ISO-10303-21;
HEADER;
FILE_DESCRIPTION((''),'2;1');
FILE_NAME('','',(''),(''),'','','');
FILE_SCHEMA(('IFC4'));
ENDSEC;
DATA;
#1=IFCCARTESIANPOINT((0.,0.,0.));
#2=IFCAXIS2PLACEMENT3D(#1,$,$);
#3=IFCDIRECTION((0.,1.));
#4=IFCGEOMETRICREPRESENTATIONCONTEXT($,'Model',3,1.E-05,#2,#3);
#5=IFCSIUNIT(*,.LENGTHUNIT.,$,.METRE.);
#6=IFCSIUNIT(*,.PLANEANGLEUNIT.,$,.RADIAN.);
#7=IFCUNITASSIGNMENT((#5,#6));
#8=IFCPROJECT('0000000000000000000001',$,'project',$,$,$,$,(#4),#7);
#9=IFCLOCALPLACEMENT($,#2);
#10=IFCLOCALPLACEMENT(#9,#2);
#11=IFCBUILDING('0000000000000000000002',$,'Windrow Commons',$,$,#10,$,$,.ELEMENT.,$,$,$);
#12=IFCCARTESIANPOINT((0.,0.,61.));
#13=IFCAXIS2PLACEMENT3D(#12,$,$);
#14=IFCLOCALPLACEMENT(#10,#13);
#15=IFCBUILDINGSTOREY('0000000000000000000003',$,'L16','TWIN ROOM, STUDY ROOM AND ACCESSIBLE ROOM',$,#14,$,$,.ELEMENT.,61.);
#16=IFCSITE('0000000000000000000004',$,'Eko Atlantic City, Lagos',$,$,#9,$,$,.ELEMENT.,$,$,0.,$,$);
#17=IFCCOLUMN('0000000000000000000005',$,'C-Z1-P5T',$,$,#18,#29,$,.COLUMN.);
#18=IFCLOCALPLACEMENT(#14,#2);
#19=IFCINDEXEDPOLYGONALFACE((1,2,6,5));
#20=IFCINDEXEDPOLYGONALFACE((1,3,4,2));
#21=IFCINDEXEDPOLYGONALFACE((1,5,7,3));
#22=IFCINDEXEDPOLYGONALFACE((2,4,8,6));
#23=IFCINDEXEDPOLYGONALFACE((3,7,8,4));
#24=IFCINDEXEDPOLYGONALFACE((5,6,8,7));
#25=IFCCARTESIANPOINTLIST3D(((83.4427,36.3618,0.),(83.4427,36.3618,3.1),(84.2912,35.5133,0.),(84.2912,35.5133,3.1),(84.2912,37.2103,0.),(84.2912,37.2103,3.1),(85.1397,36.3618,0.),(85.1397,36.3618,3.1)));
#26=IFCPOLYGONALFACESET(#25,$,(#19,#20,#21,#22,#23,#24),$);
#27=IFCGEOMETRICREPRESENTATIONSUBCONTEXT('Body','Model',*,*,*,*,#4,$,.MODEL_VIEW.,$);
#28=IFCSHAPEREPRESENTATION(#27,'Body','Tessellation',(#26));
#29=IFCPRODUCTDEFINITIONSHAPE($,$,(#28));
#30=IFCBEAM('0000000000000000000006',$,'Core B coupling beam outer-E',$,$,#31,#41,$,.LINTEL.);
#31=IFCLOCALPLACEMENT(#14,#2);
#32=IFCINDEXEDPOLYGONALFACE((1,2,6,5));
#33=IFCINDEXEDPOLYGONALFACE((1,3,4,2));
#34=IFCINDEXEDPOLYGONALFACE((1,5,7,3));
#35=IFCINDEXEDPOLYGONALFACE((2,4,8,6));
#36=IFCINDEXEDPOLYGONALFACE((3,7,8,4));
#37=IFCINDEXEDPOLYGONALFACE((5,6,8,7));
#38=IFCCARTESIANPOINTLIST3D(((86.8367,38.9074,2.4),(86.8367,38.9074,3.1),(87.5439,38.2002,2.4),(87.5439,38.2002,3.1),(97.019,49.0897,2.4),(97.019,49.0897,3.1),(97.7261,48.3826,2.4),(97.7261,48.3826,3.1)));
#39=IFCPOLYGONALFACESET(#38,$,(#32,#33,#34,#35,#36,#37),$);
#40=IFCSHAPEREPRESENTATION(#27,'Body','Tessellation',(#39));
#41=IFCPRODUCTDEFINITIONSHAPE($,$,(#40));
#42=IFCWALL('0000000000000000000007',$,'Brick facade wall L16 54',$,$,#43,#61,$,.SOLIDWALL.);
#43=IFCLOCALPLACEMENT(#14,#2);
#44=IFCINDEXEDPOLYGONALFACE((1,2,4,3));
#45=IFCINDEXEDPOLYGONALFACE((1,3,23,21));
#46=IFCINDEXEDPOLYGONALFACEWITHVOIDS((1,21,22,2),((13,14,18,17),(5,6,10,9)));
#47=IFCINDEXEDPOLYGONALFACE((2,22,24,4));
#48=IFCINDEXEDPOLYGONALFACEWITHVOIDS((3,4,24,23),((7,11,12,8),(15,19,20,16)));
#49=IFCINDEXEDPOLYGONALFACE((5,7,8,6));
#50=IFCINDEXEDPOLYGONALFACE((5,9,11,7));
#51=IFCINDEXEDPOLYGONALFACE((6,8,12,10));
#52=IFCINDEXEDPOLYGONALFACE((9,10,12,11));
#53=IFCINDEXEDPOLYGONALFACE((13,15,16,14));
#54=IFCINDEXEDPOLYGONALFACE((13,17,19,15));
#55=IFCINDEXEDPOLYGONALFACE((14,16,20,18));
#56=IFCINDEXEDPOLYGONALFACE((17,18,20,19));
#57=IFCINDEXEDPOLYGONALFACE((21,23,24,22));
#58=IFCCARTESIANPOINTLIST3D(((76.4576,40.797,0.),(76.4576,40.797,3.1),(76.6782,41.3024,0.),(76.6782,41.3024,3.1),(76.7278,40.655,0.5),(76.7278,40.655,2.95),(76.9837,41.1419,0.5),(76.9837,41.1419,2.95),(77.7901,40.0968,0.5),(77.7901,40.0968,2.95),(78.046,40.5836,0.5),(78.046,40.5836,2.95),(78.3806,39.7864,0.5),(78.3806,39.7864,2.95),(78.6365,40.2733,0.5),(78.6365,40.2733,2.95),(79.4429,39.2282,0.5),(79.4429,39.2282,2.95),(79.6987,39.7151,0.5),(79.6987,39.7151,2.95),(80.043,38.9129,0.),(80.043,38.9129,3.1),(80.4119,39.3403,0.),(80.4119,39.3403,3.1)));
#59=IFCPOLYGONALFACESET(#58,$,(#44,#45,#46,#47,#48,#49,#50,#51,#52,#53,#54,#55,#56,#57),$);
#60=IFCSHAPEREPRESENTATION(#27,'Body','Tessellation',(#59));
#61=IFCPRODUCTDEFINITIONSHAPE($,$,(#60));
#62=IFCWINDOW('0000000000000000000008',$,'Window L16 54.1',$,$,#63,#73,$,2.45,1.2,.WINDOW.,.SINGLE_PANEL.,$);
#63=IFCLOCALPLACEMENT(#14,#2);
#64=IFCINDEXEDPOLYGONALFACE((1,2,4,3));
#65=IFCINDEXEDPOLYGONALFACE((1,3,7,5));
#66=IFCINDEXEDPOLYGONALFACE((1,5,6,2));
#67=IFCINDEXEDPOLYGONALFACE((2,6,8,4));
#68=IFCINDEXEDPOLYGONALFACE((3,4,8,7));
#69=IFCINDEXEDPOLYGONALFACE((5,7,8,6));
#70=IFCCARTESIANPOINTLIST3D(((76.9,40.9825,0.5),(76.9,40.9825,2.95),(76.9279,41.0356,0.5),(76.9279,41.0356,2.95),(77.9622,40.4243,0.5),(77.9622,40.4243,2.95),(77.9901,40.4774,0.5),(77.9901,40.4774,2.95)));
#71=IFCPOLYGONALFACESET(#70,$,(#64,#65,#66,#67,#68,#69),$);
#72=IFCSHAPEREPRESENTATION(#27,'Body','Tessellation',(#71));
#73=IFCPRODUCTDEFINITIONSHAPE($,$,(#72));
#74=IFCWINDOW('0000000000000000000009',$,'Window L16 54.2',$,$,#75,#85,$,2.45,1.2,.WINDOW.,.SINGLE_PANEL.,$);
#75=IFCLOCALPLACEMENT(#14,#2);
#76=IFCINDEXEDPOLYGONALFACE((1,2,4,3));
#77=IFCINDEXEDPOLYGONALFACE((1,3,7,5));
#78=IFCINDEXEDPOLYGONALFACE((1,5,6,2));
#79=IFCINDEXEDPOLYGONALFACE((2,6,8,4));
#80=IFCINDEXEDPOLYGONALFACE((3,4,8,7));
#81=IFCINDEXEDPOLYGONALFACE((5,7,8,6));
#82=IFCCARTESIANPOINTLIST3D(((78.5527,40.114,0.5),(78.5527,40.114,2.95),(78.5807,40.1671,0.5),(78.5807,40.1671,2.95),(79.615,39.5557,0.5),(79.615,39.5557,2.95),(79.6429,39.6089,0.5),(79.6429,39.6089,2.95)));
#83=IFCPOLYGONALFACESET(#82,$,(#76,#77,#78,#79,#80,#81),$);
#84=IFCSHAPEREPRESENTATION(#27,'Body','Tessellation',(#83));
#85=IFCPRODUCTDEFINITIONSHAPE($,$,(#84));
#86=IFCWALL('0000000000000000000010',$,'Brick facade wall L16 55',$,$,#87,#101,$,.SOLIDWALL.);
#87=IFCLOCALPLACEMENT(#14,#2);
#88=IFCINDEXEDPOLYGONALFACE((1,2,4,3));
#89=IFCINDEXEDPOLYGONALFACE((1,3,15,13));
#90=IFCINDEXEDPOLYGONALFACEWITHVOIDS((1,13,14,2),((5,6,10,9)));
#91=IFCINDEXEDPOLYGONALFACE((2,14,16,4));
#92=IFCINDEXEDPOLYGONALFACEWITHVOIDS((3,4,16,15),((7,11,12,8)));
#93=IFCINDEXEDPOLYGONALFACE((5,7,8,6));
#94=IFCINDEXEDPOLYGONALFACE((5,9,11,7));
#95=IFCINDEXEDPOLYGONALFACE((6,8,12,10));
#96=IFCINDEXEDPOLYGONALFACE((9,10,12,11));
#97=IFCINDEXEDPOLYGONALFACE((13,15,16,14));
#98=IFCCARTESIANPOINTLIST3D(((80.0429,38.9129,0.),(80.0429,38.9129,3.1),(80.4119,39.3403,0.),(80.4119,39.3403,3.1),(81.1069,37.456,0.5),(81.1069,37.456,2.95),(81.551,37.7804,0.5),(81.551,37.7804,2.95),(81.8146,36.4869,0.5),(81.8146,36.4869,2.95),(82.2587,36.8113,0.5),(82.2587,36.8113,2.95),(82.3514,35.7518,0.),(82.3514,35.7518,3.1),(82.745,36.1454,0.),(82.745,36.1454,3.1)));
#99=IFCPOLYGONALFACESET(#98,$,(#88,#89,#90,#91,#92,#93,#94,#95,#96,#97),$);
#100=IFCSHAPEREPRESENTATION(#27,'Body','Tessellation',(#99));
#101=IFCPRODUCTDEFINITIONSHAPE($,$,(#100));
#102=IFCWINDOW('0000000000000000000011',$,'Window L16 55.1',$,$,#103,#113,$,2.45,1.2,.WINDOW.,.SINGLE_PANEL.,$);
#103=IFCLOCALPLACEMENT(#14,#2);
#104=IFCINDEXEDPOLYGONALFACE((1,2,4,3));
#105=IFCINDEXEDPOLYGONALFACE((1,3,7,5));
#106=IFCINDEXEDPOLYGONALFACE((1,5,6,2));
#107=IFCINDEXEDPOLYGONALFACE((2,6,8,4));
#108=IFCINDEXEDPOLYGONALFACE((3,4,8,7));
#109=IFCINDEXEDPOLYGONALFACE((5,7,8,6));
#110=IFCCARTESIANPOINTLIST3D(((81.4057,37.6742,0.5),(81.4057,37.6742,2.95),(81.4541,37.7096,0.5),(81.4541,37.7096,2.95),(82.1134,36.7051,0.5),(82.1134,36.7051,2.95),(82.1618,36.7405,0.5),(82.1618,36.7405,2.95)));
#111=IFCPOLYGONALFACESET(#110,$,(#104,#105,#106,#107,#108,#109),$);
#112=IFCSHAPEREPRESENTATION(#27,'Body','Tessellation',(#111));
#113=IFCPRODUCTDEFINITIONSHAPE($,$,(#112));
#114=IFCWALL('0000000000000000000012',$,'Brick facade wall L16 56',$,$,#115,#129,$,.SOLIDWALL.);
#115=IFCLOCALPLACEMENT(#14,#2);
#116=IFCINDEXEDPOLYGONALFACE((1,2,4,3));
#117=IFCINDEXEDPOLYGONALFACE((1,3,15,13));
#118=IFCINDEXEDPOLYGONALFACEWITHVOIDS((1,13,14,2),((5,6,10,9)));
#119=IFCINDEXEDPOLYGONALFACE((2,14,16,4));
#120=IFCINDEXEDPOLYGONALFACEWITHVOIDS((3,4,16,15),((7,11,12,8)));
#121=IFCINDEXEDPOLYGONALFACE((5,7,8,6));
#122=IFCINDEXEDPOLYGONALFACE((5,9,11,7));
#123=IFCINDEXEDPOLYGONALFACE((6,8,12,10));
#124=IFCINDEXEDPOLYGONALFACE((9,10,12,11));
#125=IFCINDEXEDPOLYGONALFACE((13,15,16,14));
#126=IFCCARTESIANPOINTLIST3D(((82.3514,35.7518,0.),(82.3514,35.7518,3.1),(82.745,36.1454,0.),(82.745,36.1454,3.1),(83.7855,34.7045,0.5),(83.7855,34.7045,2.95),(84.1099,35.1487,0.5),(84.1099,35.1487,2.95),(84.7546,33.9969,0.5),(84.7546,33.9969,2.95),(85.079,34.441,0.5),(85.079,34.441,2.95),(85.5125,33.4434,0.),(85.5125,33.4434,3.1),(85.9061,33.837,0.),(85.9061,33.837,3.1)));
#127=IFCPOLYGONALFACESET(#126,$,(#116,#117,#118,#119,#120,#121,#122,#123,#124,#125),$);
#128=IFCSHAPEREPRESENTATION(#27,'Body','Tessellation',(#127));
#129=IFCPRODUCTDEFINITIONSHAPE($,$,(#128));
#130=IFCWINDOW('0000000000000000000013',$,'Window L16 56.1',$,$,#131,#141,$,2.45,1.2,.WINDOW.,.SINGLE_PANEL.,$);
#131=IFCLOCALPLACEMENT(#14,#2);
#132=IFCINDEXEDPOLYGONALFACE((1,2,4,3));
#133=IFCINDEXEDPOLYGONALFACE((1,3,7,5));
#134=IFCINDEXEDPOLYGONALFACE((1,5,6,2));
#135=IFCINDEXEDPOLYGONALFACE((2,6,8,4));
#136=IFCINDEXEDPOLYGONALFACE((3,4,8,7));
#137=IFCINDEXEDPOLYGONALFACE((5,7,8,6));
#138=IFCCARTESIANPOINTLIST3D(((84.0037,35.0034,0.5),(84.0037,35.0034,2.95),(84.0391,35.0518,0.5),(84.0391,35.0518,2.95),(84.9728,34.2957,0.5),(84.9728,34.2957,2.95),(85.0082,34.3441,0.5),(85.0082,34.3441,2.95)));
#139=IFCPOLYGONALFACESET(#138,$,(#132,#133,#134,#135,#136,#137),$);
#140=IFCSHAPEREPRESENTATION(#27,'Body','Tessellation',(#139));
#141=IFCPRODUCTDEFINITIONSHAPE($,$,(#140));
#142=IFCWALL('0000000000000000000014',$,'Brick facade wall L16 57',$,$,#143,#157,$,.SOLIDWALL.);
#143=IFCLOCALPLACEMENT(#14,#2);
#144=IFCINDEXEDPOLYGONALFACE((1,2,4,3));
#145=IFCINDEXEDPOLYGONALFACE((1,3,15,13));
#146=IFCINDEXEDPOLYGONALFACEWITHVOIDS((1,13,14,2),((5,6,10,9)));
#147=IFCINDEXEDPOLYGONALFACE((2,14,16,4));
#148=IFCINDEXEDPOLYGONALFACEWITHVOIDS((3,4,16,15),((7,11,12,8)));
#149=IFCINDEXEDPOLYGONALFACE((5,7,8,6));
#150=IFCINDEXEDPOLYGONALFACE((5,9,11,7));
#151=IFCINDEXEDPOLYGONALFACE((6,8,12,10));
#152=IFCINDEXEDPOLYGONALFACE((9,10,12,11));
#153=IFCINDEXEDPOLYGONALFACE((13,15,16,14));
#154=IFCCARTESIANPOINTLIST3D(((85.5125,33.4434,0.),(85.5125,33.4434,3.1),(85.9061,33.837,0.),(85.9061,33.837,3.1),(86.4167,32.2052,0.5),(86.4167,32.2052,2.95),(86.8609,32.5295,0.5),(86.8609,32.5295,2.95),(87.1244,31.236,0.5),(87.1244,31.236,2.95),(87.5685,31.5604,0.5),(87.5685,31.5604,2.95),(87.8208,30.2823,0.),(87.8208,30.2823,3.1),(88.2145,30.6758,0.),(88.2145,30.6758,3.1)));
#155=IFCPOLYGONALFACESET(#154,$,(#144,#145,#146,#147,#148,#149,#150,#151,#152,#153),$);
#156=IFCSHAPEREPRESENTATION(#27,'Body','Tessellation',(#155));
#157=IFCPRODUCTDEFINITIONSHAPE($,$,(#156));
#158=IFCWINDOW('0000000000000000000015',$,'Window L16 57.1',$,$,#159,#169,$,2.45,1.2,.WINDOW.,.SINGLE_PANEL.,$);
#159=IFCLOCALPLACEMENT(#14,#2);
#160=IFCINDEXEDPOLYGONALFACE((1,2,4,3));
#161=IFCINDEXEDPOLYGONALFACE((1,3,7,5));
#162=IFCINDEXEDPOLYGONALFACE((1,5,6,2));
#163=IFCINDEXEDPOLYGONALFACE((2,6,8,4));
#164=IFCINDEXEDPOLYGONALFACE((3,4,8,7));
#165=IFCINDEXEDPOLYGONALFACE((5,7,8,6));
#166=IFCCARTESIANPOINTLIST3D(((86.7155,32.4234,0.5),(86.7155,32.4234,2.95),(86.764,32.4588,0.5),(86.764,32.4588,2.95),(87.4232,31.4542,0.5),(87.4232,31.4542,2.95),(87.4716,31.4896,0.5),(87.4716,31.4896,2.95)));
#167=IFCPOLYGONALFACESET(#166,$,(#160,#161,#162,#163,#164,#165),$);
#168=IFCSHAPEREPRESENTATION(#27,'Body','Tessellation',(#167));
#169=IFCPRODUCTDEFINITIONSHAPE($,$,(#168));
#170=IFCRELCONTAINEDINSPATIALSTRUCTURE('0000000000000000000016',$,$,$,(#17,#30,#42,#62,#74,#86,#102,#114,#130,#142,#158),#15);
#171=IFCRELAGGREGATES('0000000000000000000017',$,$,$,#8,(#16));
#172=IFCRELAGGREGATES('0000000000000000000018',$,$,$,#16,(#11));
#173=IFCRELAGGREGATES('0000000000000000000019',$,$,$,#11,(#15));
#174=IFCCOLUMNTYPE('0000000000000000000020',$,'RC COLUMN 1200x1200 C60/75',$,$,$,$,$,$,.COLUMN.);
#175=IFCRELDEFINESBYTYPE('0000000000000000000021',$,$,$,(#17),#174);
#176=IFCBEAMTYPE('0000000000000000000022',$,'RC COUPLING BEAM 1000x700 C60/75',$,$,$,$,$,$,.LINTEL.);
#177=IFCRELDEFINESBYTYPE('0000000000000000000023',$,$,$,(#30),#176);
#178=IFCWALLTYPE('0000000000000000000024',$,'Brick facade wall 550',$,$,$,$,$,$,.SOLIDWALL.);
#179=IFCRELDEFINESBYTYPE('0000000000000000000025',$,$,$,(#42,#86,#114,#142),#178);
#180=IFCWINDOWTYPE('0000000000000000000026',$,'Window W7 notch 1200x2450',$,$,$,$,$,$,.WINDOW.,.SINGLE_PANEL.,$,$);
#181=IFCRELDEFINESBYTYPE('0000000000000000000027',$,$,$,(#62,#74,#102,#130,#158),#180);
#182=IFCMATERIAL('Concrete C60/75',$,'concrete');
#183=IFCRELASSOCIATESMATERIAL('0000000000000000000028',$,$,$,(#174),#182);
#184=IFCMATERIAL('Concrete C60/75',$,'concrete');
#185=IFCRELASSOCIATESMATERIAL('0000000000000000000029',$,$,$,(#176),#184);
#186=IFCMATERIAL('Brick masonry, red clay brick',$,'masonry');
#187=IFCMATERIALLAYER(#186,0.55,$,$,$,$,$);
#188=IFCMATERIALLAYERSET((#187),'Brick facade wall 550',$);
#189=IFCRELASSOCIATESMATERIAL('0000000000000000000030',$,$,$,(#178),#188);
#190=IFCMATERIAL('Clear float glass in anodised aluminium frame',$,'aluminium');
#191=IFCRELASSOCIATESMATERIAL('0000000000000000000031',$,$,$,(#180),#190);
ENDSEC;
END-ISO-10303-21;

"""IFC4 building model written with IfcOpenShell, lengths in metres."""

from ifc_helpers import new_model, si_unit, direction, frame, frame_2d, origin, origin_2d, place, context, subcontext, project, spatial, polyline, rectangle, outline, extrude, material, layer, layer_set, material_profile, profile_set, type_object, element, fill, save


model = new_model("IFC4")

# Units and contexts
model_context = context("Model", 3, precision=1e-05, world=origin(), true_north=direction((0.0, 1.0)))
body_context = subcontext(model_context, "Body", "Model", "MODEL_VIEW")
ifc_project = project(units=[si_unit("LENGTHUNIT", "METRE"), si_unit("PLANEANGLEUNIT", "RADIAN")], contexts=[model_context])

# Site, building, storey
site_placement = place(None, origin())
site = spatial("IfcSite", under=ifc_project, at=site_placement, Name="Eko Atlantic City, Lagos", CompositionType="ELEMENT", RefElevation=0.0)
building_placement = place(site_placement, origin())
building = spatial("IfcBuilding", under=site, at=building_placement, Name="Windrow Commons", CompositionType="ELEMENT")
storey_placement = place(building_placement, frame((0.0, 0.0, 61.0)))
storey = spatial("IfcBuildingStorey", under=building, at=storey_placement, Name="L16", Description="TWIN ROOM, STUDY ROOM AND ACCESSIBLE ROOM", CompositionType="ELEMENT", Elevation=61.0)

# Column
ifc_material_1 = material(Name="Concrete C60/75", Category="concrete")
ifc_material_profile_1 = material_profile(ifc_material_1, rectangle(XDim=1.2, YDim=1.2, at=origin_2d()))
ifc_profile_set_1 = profile_set([ifc_material_profile_1], Name="Concrete C60/75")
column_type = type_object("IfcColumnType", Name="RC COLUMN 1200x1200 C60/75", PredefinedType="COLUMN", material=ifc_profile_set_1)
column_placement = place(storey_placement, frame((84.2912, 36.3618, 0.0), z_axis=(0.0, 0.0, 1.0), x_axis=(0.707107, -0.707107, 0.0)))
element("IfcColumn", 1, at=column_placement, inside=storey, type_object=column_type, Name="C-Z1-P5T", PredefinedType="COLUMN", context=body_context, shape_type="SweptSolid", body=[
    extrude(rectangle(XDim=1.2, YDim=1.2, at=origin_2d()), origin(), (0.0, 0.0, 1.0), 3.1),
])

# Beam
ifc_material_2 = material(Name="Concrete C60/75", Category="concrete")
ifc_material_profile_2 = material_profile(ifc_material_2, rectangle(XDim=1.0, YDim=0.7, at=origin_2d()))
ifc_profile_set_2 = profile_set([ifc_material_profile_2], Name="Concrete C60/75")
beam_type = type_object("IfcBeamType", Name="RC COUPLING BEAM 1000x700 C60/75", PredefinedType="LINTEL", material=ifc_profile_set_2)
beam_placement = place(storey_placement, frame((87.1903, 38.5538, 2.75), z_axis=(0.707103, 0.70711, 0.0), x_axis=(-0.70711, 0.707103, 0.0)))
element("IfcBeam", 2, at=beam_placement, inside=storey, type_object=beam_type, Name="Core B coupling beam outer-E", PredefinedType="LINTEL", context=body_context, shape_type="SweptSolid", body=[
    extrude(rectangle(XDim=1.0, YDim=0.7, at=origin_2d()), origin(), (0.0, 0.0, 1.0), 14.4),
])

# Wall, openings, windows
ifc_material_3 = material(Name="Brick masonry, red clay brick", Category="masonry")
ifc_layer_1 = layer(ifc_material_3, 0.55)
ifc_layer_set_1 = layer_set([ifc_layer_1], Name="Brick facade wall 550")
wall_type_1 = type_object("IfcWallType", Name="Brick facade wall 550", PredefinedType="SOLIDWALL", material=ifc_layer_set_1)
wall_1_placement = place(storey_placement, frame((76.5679, 41.0497, 0.0), z_axis=(0.0, 0.0, 1.0), x_axis=(0.885212, -0.465187, 0.0)))
wall_1 = element("IfcWall", 3, at=wall_1_placement, inside=storey, type_object=wall_type_1, Name="Brick facade wall L16 54", PredefinedType="SOLIDWALL", context=body_context, shape_type="SweptSolid", body=[
    extrude(outline(polyline([(0.0199, -0.275), (4.0702, -0.275), (4.1979, 0.275), (-0.0199, 0.275), (0.0199, -0.275)])), origin(), (0.0, 0.0, 1.0), 3.1),
])
opening_1_placement = place(wall_1_placement, frame((0.3252, 0.0, 0.5)))
opening_1 = element("IfcOpeningElement", 4, at=opening_1_placement, cuts=wall_1, PredefinedType="OPENING", context=body_context, shape_type="SweptSolid", body=[
    extrude(rectangle(XDim=1.2, YDim=2.45, at=frame_2d((0.6, 1.225))), frame((0.0, 0.285, 0.0), z_axis=(0.0, -1.0, 0.0), x_axis=(1.0, 0.0, 0.0)), (0.0, 0.0, 1.0), 0.57),
])
opening_2_placement = place(wall_1_placement, frame((2.1923, 0.0, 0.5)))
opening_2 = element("IfcOpeningElement", 5, at=opening_2_placement, cuts=wall_1, PredefinedType="OPENING", context=body_context, shape_type="SweptSolid", body=[
    extrude(rectangle(XDim=1.2, YDim=2.45, at=frame_2d((0.6, 1.225))), frame((0.0, 0.285, 0.0), z_axis=(0.0, -1.0, 0.0), x_axis=(1.0, 0.0, 0.0)), (0.0, 0.0, 1.0), 0.57),
])
ifc_material_4 = material(Name="Clear float glass in anodised aluminium frame", Category="aluminium")
window_type = type_object("IfcWindowType", Name="Window W7 notch 1200x2450", PartitioningType="SINGLE_PANEL", PredefinedType="WINDOW", material=ifc_material_4)
window_1_placement = place(opening_1_placement, origin())
window_1 = element("IfcWindow", 6, at=window_1_placement, inside=storey, type_object=window_type, Name="Window L16 54.1", OverallHeight=2.45, OverallWidth=1.2, PartitioningType="SINGLE_PANEL", PredefinedType="WINDOW", context=body_context, shape_type="SweptSolid", body=[
    extrude(rectangle(XDim=1.2, YDim=2.45, at=frame_2d((0.6, 1.225))), frame((0.0, 0.155, 0.0), z_axis=(0.0, -1.0, 0.0), x_axis=(1.0, 0.0, 0.0)), (0.0, 0.0, 1.0), 0.06),
])
fill(opening_1, window_1)
window_2_placement = place(opening_2_placement, origin())
window_2 = element("IfcWindow", 7, at=window_2_placement, inside=storey, type_object=window_type, Name="Window L16 54.2", OverallHeight=2.45, OverallWidth=1.2, PartitioningType="SINGLE_PANEL", PredefinedType="WINDOW", context=body_context, shape_type="SweptSolid", body=[
    extrude(rectangle(XDim=1.2, YDim=2.45, at=frame_2d((0.6, 1.225))), frame((0.0, 0.155, 0.0), z_axis=(0.0, -1.0, 0.0), x_axis=(1.0, 0.0, 0.0)), (0.0, 0.0, 1.0), 0.06),
])
fill(opening_2, window_2)

# Walls, openings, windows
wall_2_placement = place(storey_placement, frame((80.2274, 39.1266, 0.0), z_axis=(0.0, 0.0, 1.0), x_axis=(0.589754, -0.807583, 0.0)))
wall_2 = element("IfcWall", 8, at=wall_2_placement, inside=storey, type_object=wall_type_1, Name="Brick facade wall L16 55", PredefinedType="SOLIDWALL", context=body_context, shape_type="SweptSolid", body=[
    extrude(outline(polyline([(0.0638, -0.275), (3.9781, -0.275), (3.8923, 0.275), (-0.0638, 0.275), (0.0638, -0.275)])), origin(), (0.0, 0.0, 1.0), 3.1),
])
opening_3_placement = place(wall_2_placement, frame((1.8678, 0.0, 0.5)))
opening_3 = element("IfcOpeningElement", 9, at=opening_3_placement, cuts=wall_2, PredefinedType="OPENING", context=body_context, shape_type="SweptSolid", body=[
    extrude(rectangle(XDim=1.2, YDim=2.45, at=frame_2d((0.6, 1.225))), frame((0.0, 0.285, 0.0), z_axis=(0.0, -1.0, 0.0), x_axis=(1.0, 0.0, 0.0)), (0.0, 0.0, 1.0), 0.57),
])
window_3_placement = place(opening_3_placement, origin())
window_3 = element("IfcWindow", 10, at=window_3_placement, inside=storey, type_object=window_type, Name="Window L16 55.1", OverallHeight=2.45, OverallWidth=1.2, PartitioningType="SINGLE_PANEL", PredefinedType="WINDOW", context=body_context, shape_type="SweptSolid", body=[
    extrude(rectangle(XDim=1.2, YDim=2.45, at=frame_2d((0.6, 1.225))), frame((0.0, 0.155, 0.0), z_axis=(0.0, -1.0, 0.0), x_axis=(1.0, 0.0, 0.0)), (0.0, 0.0, 1.0), 0.06),
])
fill(opening_3, window_3)
wall_3_placement = place(storey_placement, frame((82.5482, 35.9486, 0.0), z_axis=(0.0, 0.0, 1.0), x_axis=(0.80759, -0.589744, 0.0)))
wall_3 = element("IfcWall", 11, at=wall_3_placement, inside=storey, type_object=wall_type_1, Name="Brick facade wall L16 56", PredefinedType="SOLIDWALL", context=body_context, shape_type="SweptSolid", body=[
    extrude(outline(polyline([(-0.0429, -0.275), (3.8714, -0.275), (3.9571, 0.275), (0.0429, 0.275), (-0.0429, -0.275)])), origin(), (0.0, 0.0, 1.0), 3.1),
])
opening_4_placement = place(wall_3_placement, frame((1.7329, 0.0, 0.5)))
opening_4 = element("IfcOpeningElement", 12, at=opening_4_placement, cuts=wall_3, PredefinedType="OPENING", context=body_context, shape_type="SweptSolid", body=[
    extrude(rectangle(XDim=1.2, YDim=2.45, at=frame_2d((0.6, 1.225))), frame((0.0, 0.285, 0.0), z_axis=(0.0, -1.0, 0.0), x_axis=(1.0, 0.0, 0.0)), (0.0, 0.0, 1.0), 0.57),
])
window_4_placement = place(opening_4_placement, origin())
window_4 = element("IfcWindow", 13, at=window_4_placement, inside=storey, type_object=window_type, Name="Window L16 56.1", OverallHeight=2.45, OverallWidth=1.2, PartitioningType="SINGLE_PANEL", PredefinedType="WINDOW", context=body_context, shape_type="SweptSolid", body=[
    extrude(rectangle(XDim=1.2, YDim=2.45, at=frame_2d((0.6, 1.225))), frame((0.0, 0.155, 0.0), z_axis=(0.0, -1.0, 0.0), x_axis=(1.0, 0.0, 0.0)), (0.0, 0.0, 1.0), 0.06),
])
fill(opening_4, window_4)
wall_4_placement = place(storey_placement, frame((85.7093, 33.6402, 0.0), z_axis=(0.0, 0.0, 1.0), x_axis=(0.589732, -0.807599, 0.0)))
wall_4 = element("IfcWall", 14, at=wall_4_placement, inside=storey, type_object=wall_type_1, Name="Brick facade wall L16 57", PredefinedType="SOLIDWALL", context=body_context, shape_type="SweptSolid", body=[
    extrude(outline(polyline([(0.0429, -0.275), (3.9571, -0.275), (3.8714, 0.275), (-0.0429, 0.275), (0.0429, -0.275)])), origin(), (0.0, 0.0, 1.0), 3.1),
])
opening_5_placement = place(wall_4_placement, frame((1.5761, 0.0, 0.5)))
opening_5 = element("IfcOpeningElement", 15, at=opening_5_placement, cuts=wall_4, PredefinedType="OPENING", context=body_context, shape_type="SweptSolid", body=[
    extrude(rectangle(XDim=1.2, YDim=2.45, at=frame_2d((0.6, 1.225))), frame((0.0, 0.285, 0.0), z_axis=(0.0, -1.0, 0.0), x_axis=(1.0, 0.0, 0.0)), (0.0, 0.0, 1.0), 0.57),
])
window_5_placement = place(opening_5_placement, origin())
window_5 = element("IfcWindow", 16, at=window_5_placement, inside=storey, type_object=window_type, Name="Window L16 57.1", OverallHeight=2.45, OverallWidth=1.2, PartitioningType="SINGLE_PANEL", PredefinedType="WINDOW", context=body_context, shape_type="SweptSolid", body=[
    extrude(rectangle(XDim=1.2, YDim=2.45, at=frame_2d((0.6, 1.225))), frame((0.0, 0.155, 0.0), z_axis=(0.0, -1.0, 0.0), x_axis=(1.0, 0.0, 0.0)), (0.0, 0.0, 1.0), 0.06),
])
fill(opening_5, window_5)

save(model, "model.ifc")
